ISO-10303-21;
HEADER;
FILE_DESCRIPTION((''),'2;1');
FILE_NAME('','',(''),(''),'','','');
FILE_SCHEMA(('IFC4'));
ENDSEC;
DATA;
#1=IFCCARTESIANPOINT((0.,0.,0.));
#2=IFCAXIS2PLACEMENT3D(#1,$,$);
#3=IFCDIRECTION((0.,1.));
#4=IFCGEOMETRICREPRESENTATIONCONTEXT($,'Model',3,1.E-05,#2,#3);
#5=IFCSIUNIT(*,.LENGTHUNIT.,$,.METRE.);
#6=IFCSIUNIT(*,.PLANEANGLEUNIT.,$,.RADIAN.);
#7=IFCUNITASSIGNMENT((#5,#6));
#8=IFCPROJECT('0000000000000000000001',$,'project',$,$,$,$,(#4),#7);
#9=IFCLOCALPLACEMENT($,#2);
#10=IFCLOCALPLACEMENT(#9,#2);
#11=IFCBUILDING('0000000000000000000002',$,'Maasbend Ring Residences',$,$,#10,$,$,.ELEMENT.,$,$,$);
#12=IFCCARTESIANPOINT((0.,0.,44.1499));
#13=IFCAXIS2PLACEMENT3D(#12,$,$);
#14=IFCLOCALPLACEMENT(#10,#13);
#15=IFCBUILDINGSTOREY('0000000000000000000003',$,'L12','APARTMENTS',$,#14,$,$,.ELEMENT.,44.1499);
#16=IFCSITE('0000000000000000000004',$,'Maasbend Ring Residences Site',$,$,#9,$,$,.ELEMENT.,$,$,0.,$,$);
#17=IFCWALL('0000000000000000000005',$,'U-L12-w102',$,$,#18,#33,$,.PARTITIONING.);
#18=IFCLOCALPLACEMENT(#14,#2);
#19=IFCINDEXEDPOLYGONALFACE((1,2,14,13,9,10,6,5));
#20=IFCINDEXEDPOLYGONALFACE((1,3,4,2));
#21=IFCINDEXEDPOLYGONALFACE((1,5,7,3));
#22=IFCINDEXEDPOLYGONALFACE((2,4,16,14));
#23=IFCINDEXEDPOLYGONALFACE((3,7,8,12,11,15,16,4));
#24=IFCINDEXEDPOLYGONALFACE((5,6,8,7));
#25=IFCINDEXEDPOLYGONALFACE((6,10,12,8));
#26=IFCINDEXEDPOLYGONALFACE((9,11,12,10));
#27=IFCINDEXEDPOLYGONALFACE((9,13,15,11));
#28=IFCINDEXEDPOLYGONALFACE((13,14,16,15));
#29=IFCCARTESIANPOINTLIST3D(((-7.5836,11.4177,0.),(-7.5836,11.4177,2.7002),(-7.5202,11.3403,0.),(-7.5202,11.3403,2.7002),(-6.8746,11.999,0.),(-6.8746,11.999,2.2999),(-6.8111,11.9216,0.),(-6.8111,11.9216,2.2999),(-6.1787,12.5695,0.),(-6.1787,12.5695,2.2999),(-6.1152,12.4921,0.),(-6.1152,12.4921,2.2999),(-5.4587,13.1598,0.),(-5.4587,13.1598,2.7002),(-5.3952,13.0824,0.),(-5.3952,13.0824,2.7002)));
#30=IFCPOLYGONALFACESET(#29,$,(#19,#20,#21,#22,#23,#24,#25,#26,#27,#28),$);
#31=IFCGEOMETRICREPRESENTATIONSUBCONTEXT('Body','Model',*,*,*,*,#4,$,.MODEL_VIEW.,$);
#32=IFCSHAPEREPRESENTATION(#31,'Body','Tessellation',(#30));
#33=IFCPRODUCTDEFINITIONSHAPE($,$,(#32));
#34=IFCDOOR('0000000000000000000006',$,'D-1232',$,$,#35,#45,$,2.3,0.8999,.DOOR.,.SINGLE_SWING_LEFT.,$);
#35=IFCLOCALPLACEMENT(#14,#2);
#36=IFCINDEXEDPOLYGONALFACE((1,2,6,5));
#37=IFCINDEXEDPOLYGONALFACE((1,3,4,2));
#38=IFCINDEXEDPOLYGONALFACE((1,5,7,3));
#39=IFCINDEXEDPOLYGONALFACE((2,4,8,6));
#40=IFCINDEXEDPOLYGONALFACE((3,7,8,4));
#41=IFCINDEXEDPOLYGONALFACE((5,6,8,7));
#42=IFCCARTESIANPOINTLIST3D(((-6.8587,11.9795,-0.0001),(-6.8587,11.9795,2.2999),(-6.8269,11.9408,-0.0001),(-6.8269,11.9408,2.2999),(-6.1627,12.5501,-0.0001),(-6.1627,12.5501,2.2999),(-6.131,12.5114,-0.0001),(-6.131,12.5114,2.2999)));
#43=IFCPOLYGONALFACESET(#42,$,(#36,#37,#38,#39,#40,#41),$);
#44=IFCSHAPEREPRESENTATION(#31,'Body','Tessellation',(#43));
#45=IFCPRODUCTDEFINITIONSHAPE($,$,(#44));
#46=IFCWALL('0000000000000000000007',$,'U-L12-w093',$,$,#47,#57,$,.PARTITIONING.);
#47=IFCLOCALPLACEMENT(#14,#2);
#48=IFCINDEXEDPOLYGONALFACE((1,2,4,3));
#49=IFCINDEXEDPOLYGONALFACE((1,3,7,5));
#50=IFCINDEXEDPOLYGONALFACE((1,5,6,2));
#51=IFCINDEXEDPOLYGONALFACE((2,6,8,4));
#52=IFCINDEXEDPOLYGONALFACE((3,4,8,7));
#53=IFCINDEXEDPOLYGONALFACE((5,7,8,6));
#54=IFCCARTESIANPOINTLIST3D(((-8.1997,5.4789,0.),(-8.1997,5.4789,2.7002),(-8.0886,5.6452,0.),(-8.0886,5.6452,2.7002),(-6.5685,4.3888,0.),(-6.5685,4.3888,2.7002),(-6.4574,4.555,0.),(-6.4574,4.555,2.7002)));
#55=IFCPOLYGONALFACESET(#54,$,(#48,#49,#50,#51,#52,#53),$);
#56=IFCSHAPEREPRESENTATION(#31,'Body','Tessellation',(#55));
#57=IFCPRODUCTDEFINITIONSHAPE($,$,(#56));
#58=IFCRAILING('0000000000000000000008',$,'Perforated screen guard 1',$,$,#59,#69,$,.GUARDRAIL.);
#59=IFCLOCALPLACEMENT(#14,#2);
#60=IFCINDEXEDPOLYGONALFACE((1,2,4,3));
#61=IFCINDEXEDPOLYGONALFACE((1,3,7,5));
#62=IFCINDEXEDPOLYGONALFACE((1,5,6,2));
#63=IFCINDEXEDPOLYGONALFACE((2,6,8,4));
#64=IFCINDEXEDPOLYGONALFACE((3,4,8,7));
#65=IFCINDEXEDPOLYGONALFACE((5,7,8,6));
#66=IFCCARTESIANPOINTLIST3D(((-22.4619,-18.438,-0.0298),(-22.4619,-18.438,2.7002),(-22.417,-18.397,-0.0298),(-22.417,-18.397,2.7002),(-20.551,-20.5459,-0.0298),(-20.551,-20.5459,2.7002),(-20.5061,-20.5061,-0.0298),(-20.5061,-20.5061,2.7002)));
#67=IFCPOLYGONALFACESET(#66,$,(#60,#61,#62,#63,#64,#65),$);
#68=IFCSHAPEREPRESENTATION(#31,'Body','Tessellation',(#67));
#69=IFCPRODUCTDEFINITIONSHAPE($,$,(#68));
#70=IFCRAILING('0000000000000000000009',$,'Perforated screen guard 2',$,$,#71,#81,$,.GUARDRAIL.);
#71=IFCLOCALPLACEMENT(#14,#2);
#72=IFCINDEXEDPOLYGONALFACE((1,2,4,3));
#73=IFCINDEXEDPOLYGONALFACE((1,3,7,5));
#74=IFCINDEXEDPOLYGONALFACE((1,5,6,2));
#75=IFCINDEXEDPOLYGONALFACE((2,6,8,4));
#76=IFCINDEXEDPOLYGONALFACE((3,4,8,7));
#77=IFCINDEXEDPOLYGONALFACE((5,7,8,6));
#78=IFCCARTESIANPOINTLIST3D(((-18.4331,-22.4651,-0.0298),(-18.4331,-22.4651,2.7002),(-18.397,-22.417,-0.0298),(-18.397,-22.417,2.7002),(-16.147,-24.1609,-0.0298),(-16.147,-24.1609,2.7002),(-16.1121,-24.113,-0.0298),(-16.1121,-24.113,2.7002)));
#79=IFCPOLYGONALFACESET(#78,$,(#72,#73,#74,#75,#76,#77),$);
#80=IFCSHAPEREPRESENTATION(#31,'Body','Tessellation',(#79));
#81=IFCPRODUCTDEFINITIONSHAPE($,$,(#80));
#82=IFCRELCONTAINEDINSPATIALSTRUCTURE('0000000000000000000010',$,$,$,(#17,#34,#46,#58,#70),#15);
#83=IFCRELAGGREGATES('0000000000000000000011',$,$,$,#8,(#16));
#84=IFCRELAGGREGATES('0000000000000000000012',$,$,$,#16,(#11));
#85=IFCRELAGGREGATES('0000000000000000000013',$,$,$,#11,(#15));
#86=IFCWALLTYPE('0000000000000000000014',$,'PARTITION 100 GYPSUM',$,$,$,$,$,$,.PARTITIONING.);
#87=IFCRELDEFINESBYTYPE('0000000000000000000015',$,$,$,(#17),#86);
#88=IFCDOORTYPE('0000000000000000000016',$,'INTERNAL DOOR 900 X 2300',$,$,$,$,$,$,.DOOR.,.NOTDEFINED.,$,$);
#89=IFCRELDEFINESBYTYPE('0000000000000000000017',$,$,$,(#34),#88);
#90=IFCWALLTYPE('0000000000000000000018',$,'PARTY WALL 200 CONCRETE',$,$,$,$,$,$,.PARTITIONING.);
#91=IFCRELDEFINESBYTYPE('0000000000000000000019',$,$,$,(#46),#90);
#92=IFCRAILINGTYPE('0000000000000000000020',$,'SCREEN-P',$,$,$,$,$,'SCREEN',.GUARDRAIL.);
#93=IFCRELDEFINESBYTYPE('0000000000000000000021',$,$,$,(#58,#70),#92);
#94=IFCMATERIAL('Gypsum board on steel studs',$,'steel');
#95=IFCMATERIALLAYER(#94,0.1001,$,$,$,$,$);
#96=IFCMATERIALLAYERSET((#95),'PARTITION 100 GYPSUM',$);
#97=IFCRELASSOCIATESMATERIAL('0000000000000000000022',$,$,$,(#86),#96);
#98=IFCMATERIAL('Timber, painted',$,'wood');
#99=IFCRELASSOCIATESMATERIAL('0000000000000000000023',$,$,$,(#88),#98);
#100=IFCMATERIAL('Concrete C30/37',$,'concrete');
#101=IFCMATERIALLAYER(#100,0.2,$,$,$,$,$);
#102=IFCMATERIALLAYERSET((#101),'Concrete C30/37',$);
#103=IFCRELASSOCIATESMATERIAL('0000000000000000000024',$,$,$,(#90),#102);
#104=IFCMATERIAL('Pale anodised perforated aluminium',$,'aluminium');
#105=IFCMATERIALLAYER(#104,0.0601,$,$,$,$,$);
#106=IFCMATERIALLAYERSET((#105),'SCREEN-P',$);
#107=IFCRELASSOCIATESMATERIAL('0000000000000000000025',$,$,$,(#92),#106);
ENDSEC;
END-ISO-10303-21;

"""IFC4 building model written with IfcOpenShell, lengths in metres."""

from ifc_helpers import new_model, si_unit, direction, frame, frame_2d, origin, place, context, subcontext, project, spatial, polyline, rectangle, outline, extrude, material, layer, layer_set, type_object, element, fill, save


model = new_model("IFC4")

# Units and contexts
model_context = context("Model", 3, precision=1e-05, world=origin(), true_north=direction((0.0, 1.0)))
body_context = subcontext(model_context, "Body", "Model", "MODEL_VIEW")
ifc_project = project(units=[si_unit("LENGTHUNIT", "METRE"), si_unit("PLANEANGLEUNIT", "RADIAN")], contexts=[model_context])

# Site, building, storey
site_placement = place(None, origin())
site = spatial("IfcSite", under=ifc_project, at=site_placement, Name="Maasbend Ring Residences Site", CompositionType="ELEMENT", RefElevation=0.0)
building_placement = place(site_placement, origin())
building = spatial("IfcBuilding", under=site, at=building_placement, Name="Maasbend Ring Residences", CompositionType="ELEMENT")
storey_placement = place(building_placement, frame((0.0, 0.0, 44.1499)))
storey = spatial("IfcBuildingStorey", under=building, at=storey_placement, Name="L12", Description="APARTMENTS", CompositionType="ELEMENT", Elevation=44.1499)

# Wall, opening, door
ifc_material_1 = material(Name="Gypsum board on steel studs", Category="steel")
ifc_layer_1 = layer(ifc_material_1, 0.1001)
ifc_layer_set_1 = layer_set([ifc_layer_1], Name="PARTITION 100 GYPSUM")
wall_type_1 = type_object("IfcWallType", Name="PARTITION 100 GYPSUM", PredefinedType="PARTITIONING", material=ifc_layer_set_1)
wall_1_placement = place(storey_placement, frame((-7.552, 11.3789, 0.0), z_axis=(0.0, 0.0, 1.0), x_axis=(0.773324, 0.634012, 0.0)))
wall_1 = element("IfcWall", 1, at=wall_1_placement, inside=storey, type_object=wall_type_1, Name="U-L12-w102", PredefinedType="PARTITIONING", context=body_context, shape_type="SweptSolid", body=[
    extrude(rectangle(XDim=2.7478, YDim=0.1001, at=frame_2d((1.374, 0.0))), origin(), (0.0, 0.0, 1.0), 2.7002),
])
opening_placement = place(wall_1_placement, frame((0.917, 0.0, 0.0)))
opening = element("IfcOpeningElement", 2, at=opening_placement, cuts=wall_1, PredefinedType="OPENING", context=body_context, shape_type="SweptSolid", body=[
    extrude(rectangle(XDim=0.8999, YDim=2.3, at=frame_2d((0.45, 1.1499))), frame((0.0, 0.0601, 0.0), z_axis=(0.0, -1.0, 0.0), x_axis=(1.0, 0.0, 0.0)), (0.0, 0.0, 1.0), 0.1201),
])
ifc_material_2 = material(Name="Timber, painted", Category="wood")
door_type = type_object("IfcDoorType", Name="INTERNAL DOOR 900 X 2300", OperationType="NOTDEFINED", PredefinedType="DOOR", material=ifc_material_2)
door_placement = place(opening_placement, origin())
door = element("IfcDoor", 3, at=door_placement, inside=storey, type_object=door_type, Name="D-1232", OperationType="SINGLE_SWING_LEFT", OverallHeight=2.3, OverallWidth=0.8999, PredefinedType="DOOR", context=body_context, shape_type="SweptSolid", body=[
    extrude(rectangle(XDim=0.8999, YDim=2.3, at=frame_2d((0.45, 1.1499))), frame((0.0, 0.0249, 0.0), z_axis=(0.0, -1.0, 0.0), x_axis=(1.0, 0.0, 0.0)), (0.0, 0.0, 1.0), 0.05),
])
fill(opening, door)

# Wall
ifc_material_3 = material(Name="Concrete C30/37", Category="concrete")
ifc_layer_2 = layer(ifc_material_3, 0.2)
ifc_layer_set_2 = layer_set([ifc_layer_2], Name="Concrete C30/37")
wall_type_2 = type_object("IfcWallType", Name="PARTY WALL 200 CONCRETE", PredefinedType="PARTITIONING", material=ifc_layer_set_2)
wall_2_placement = place(storey_placement, frame((-6.5129, 4.4719, 0.0), z_axis=(0.0, 0.0, 1.0), x_axis=(-0.831418, 0.555648, 0.0)))
element("IfcWall", 4, at=wall_2_placement, inside=storey, type_object=wall_type_2, Name="U-L12-w093", PredefinedType="PARTITIONING", context=body_context, shape_type="SweptSolid", body=[
    extrude(rectangle(XDim=1.9619, YDim=0.2, at=frame_2d((0.981, 0.0))), origin(), (0.0, 0.0, 1.0), 2.7002),
])

# Railings
ifc_material_4 = material(Name="Pale anodised perforated aluminium", Category="aluminium")
ifc_layer_3 = layer(ifc_material_4, 0.0601)
ifc_layer_set_3 = layer_set([ifc_layer_3], Name="SCREEN-P")
railing_type = type_object("IfcRailingType", Name="SCREEN-P", ElementType="SCREEN", PredefinedType="GUARDRAIL", material=ifc_layer_set_3)
railing_1_placement = place(storey_placement, frame((0.0, 0.0, -0.0298)))
element("IfcRailing", 5, at=railing_1_placement, inside=storey, type_object=railing_type, Name="Perforated screen guard 1", PredefinedType="GUARDRAIL", context=body_context, shape_type="SweptSolid", body=[
    extrude(outline(polyline([(-22.417, -18.397), (-20.5061, -20.5061), (-20.551, -20.5459), (-22.4619, -18.438), (-22.417, -18.397)])), origin(), (0.0, 0.0, 1.0), 2.73),
])
railing_2_placement = place(storey_placement, frame((0.0, 0.0, -0.0298)))
element("IfcRailing", 6, at=railing_2_placement, inside=storey, type_object=railing_type, Name="Perforated screen guard 2", PredefinedType="GUARDRAIL", context=body_context, shape_type="SweptSolid", body=[
    extrude(outline(polyline([(-18.397, -22.417), (-16.1121, -24.113), (-16.147, -24.1609), (-18.4331, -22.4651), (-18.397, -22.417)])), origin(), (0.0, 0.0, 1.0), 2.73),
])

save(model, "model.ifc")
